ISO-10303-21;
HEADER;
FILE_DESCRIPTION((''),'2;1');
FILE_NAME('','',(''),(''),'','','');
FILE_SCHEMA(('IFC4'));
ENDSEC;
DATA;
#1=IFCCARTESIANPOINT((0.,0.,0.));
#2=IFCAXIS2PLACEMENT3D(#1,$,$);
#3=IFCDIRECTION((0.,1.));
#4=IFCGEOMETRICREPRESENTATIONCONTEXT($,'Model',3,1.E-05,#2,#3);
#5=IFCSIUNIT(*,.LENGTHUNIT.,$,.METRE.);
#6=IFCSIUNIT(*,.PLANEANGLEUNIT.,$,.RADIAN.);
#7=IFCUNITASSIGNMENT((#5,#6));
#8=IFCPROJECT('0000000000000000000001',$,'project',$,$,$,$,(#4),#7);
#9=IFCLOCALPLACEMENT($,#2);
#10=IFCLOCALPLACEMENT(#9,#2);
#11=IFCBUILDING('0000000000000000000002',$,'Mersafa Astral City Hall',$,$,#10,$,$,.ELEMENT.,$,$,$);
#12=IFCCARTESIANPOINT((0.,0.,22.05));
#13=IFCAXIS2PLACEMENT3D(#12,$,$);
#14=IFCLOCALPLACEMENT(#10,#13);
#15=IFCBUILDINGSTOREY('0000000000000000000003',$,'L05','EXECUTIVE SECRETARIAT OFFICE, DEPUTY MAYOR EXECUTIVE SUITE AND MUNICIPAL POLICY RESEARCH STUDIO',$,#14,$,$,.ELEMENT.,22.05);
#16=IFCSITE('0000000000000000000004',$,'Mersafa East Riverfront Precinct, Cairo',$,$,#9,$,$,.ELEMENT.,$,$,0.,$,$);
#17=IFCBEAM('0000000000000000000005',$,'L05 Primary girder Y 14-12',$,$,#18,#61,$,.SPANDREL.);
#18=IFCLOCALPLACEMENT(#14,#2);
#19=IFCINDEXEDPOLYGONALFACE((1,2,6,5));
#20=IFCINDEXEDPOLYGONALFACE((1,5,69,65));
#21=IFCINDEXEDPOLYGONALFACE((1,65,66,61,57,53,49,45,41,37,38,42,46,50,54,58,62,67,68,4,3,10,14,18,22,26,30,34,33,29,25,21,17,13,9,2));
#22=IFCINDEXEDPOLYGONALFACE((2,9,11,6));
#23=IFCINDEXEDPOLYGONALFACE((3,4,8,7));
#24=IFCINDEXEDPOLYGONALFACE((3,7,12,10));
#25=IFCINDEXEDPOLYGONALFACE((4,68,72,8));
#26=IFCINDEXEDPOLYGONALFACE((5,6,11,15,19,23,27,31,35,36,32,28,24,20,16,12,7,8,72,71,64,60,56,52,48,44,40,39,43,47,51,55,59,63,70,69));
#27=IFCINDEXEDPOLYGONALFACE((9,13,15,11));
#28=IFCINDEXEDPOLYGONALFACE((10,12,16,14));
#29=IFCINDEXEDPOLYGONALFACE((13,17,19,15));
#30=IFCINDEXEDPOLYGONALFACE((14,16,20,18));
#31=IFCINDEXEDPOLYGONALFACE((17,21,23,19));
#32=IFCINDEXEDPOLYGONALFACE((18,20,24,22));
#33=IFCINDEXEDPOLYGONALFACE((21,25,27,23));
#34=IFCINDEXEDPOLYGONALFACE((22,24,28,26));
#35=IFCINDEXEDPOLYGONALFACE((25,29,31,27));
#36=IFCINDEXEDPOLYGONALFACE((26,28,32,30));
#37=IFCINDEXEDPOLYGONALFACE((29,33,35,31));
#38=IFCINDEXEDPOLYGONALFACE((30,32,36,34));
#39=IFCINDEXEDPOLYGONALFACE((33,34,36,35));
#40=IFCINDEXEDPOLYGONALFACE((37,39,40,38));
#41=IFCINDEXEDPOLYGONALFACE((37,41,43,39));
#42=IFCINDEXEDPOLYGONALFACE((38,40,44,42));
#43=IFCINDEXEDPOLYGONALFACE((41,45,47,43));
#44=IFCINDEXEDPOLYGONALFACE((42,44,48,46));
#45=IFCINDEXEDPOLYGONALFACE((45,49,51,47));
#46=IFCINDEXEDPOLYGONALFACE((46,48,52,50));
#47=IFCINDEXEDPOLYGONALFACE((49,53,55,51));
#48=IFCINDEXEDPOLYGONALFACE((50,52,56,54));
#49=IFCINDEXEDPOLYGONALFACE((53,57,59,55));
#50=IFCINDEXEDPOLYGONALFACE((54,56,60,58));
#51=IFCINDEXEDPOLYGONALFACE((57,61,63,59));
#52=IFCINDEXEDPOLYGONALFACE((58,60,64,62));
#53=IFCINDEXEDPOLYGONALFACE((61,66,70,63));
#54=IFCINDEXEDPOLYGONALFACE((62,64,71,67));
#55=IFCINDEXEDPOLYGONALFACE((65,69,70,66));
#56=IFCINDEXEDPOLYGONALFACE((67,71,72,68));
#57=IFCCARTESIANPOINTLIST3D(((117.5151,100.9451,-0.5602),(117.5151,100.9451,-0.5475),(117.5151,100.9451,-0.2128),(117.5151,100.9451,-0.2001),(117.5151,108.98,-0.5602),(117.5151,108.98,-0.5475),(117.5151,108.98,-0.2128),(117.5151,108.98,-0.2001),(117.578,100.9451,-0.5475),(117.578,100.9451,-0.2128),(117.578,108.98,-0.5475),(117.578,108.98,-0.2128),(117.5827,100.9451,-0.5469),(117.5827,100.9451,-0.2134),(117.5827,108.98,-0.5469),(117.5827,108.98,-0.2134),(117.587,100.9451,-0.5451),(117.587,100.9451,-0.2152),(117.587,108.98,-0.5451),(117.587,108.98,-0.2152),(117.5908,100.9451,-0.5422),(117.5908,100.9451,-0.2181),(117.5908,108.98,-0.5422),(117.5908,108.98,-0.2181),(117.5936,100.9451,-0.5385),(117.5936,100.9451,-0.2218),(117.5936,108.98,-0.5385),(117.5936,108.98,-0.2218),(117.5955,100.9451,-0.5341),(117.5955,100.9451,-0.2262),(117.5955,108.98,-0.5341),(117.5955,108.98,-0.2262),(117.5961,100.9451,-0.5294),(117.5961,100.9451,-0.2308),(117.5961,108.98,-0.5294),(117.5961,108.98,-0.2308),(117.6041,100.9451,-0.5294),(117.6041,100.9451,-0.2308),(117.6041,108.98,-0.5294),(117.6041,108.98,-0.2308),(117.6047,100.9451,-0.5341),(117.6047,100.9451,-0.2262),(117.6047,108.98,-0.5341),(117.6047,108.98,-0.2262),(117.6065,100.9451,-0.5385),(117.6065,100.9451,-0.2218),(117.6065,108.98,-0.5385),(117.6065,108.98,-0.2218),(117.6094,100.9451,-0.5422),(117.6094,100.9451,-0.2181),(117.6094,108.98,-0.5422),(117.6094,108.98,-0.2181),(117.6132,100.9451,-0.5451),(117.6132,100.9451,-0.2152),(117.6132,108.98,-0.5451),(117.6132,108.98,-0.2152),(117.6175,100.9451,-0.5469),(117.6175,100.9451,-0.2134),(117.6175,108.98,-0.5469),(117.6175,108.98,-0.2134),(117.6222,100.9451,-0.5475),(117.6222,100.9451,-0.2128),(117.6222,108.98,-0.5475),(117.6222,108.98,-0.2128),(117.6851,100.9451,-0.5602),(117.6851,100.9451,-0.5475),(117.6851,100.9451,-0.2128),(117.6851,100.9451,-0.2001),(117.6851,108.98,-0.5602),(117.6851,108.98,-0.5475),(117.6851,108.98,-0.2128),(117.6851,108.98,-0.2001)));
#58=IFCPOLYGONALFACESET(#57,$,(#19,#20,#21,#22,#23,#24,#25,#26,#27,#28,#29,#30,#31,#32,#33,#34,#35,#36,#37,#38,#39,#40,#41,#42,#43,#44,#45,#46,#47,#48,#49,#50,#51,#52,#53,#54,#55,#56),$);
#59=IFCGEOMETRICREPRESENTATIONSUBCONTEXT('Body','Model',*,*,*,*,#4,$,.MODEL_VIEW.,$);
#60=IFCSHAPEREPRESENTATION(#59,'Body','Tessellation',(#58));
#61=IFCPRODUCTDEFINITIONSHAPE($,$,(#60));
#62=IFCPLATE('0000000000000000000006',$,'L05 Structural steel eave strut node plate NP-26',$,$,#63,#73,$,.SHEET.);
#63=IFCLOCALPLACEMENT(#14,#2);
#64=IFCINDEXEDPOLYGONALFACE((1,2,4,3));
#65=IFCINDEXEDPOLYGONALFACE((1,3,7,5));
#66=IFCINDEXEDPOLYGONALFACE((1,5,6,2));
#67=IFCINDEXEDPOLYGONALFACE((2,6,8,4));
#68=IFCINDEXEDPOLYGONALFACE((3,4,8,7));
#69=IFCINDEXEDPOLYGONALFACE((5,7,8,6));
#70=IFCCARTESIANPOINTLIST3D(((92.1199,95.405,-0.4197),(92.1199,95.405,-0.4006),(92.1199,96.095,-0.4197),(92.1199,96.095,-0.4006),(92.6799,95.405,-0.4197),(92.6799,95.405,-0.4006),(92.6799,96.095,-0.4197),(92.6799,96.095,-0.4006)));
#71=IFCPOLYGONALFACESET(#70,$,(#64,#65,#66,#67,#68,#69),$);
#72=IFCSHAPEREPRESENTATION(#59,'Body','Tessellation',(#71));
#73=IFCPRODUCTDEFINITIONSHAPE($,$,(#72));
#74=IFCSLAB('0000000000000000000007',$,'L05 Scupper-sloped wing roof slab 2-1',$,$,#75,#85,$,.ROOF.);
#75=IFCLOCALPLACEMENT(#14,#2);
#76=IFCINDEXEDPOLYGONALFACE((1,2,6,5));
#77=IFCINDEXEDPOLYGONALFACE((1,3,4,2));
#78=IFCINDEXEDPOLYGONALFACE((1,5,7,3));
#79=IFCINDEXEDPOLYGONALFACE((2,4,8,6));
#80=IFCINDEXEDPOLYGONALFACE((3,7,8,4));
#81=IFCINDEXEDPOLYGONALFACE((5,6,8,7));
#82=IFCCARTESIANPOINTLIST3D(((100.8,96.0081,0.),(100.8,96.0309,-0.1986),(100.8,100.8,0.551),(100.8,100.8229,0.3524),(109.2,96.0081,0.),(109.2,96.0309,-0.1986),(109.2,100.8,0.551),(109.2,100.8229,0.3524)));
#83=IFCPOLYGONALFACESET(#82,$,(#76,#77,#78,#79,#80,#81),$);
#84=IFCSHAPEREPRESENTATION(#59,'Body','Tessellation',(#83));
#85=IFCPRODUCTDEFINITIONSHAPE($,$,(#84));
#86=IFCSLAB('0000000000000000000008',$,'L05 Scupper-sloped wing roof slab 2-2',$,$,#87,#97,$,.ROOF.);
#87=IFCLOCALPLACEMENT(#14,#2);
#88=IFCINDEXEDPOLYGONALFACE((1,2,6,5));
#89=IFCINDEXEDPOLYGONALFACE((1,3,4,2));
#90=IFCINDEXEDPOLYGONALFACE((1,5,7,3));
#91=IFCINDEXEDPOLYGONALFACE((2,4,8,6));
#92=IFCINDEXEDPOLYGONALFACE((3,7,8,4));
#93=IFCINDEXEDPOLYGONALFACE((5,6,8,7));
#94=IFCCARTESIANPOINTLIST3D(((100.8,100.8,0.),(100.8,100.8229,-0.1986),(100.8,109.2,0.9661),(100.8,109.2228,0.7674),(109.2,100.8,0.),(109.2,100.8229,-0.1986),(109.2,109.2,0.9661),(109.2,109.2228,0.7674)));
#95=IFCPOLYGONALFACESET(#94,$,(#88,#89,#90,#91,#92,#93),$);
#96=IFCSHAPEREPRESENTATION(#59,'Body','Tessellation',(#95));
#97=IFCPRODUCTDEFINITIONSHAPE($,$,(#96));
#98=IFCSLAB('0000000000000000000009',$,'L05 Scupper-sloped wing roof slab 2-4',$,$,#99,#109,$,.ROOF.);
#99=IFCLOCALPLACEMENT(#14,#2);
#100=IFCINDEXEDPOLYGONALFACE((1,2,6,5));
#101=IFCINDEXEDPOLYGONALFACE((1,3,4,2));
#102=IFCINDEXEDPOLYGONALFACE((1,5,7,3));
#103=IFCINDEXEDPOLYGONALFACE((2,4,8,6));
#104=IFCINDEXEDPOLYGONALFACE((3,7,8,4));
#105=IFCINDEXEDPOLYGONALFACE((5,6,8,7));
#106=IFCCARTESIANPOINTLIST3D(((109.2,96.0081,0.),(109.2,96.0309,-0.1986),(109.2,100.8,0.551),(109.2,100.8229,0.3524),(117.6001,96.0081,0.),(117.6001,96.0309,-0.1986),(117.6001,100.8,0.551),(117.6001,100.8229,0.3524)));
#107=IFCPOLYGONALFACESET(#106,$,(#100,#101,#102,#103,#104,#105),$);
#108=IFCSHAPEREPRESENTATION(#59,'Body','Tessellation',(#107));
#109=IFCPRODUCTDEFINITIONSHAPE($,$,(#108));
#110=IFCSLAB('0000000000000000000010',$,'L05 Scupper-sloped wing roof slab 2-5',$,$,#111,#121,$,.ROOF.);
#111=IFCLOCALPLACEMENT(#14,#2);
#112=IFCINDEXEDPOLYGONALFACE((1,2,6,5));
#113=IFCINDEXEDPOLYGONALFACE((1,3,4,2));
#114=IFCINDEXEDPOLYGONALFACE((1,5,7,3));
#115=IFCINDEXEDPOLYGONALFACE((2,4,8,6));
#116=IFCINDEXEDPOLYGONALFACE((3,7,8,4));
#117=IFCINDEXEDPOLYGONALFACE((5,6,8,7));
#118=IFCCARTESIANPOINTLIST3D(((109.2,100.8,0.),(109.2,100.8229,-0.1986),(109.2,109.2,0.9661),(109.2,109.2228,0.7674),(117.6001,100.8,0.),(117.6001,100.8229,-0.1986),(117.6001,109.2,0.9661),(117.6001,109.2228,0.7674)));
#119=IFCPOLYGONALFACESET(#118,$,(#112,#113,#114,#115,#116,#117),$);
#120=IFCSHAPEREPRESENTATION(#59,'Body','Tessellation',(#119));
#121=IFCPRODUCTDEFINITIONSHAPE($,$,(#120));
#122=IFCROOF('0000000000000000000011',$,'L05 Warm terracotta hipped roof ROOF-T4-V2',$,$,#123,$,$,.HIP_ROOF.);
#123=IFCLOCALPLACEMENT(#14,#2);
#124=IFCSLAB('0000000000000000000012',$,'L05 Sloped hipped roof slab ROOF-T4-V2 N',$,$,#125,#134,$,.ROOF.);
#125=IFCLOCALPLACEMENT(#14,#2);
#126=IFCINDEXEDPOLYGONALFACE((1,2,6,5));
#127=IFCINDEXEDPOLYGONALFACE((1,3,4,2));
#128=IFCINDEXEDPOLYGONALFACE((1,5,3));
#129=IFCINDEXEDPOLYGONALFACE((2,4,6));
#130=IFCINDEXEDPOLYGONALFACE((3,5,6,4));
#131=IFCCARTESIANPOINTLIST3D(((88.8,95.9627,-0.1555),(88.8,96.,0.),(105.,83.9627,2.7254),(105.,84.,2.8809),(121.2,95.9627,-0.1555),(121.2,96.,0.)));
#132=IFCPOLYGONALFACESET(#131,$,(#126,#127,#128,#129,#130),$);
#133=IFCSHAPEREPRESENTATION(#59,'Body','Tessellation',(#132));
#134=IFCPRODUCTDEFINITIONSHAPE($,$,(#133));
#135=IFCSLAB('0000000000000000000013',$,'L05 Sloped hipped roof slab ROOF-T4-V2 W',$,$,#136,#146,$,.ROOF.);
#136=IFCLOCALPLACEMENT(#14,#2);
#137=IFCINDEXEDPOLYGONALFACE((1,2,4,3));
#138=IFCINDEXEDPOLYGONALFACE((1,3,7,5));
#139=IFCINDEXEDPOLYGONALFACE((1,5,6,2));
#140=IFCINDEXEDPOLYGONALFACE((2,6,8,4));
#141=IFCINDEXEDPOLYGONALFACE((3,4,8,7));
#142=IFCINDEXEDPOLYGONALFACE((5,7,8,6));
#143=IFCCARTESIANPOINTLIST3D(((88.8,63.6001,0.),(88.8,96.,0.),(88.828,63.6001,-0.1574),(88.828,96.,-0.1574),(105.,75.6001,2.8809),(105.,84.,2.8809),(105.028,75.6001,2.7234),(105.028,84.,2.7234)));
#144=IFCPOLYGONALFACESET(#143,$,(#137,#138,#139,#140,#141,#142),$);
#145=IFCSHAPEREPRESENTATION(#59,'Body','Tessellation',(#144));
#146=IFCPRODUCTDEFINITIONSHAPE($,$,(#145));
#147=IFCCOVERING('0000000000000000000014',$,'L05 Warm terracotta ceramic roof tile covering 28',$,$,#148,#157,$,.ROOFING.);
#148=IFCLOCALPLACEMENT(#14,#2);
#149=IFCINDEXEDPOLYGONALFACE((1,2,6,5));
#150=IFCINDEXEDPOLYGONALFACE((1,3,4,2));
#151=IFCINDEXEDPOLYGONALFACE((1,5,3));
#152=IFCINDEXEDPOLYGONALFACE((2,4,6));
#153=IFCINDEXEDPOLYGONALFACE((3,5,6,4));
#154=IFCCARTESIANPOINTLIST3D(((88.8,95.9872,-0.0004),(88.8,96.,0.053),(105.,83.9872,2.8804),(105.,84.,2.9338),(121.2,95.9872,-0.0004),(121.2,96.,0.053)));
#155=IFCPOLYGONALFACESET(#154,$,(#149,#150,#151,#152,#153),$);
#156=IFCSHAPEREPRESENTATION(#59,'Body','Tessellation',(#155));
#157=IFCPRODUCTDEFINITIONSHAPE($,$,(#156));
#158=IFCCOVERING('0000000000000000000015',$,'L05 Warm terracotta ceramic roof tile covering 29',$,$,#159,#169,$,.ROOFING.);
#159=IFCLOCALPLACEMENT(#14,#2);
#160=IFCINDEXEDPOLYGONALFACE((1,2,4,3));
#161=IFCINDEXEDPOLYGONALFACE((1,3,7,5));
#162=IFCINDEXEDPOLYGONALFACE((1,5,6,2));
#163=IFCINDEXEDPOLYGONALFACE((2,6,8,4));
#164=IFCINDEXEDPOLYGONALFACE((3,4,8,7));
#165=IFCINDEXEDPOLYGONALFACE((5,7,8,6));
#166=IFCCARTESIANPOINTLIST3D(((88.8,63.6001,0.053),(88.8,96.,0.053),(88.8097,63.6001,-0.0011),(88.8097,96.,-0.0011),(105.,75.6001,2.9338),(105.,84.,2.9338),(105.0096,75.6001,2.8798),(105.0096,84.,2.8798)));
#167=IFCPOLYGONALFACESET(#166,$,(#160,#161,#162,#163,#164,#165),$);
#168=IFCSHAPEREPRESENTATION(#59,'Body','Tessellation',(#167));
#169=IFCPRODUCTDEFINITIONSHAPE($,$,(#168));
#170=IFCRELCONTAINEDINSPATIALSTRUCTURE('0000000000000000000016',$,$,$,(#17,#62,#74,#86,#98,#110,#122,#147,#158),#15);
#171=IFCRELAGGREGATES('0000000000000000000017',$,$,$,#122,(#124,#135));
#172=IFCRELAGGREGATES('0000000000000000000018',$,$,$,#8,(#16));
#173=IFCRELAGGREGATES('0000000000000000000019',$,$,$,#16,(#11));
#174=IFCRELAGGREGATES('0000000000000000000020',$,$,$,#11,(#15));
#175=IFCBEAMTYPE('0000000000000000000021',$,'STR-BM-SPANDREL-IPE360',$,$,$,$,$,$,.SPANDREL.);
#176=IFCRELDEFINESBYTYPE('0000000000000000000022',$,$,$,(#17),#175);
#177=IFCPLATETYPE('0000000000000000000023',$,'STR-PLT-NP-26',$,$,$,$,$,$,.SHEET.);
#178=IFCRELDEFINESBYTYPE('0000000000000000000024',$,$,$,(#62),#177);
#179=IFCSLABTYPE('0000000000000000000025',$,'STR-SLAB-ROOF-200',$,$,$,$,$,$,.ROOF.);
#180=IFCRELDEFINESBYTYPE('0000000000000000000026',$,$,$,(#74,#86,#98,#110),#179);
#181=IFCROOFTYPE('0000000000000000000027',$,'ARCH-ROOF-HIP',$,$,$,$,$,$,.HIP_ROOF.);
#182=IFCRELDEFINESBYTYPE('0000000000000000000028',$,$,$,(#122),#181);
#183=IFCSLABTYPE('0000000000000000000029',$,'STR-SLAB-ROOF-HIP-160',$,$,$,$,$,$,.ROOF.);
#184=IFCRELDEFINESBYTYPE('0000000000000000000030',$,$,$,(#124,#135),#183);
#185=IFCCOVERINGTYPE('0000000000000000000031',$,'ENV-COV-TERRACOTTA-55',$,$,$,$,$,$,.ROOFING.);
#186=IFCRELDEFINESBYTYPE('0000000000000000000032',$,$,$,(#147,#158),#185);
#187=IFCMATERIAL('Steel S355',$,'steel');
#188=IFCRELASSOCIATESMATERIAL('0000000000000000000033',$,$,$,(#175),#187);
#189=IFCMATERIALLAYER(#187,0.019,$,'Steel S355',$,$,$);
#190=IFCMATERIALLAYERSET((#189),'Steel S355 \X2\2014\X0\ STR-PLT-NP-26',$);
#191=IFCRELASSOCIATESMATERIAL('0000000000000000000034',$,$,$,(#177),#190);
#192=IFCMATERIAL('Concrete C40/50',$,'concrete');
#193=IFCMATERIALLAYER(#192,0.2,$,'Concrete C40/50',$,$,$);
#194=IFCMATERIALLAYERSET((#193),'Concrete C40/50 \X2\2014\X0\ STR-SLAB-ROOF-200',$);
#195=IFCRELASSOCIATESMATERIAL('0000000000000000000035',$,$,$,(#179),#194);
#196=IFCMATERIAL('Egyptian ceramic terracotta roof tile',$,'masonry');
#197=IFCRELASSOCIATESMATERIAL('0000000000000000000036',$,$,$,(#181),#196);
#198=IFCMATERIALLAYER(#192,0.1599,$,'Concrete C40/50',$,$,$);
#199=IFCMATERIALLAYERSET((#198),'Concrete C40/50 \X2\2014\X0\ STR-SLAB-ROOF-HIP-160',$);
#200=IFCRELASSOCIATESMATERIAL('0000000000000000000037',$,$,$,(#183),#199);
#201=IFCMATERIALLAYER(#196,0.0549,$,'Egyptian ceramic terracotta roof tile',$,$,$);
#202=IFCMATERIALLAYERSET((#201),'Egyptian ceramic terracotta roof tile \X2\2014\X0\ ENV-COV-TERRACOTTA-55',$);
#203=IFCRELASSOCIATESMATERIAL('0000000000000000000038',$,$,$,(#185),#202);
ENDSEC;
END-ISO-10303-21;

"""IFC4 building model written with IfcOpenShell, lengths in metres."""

from ifc_helpers import new_model, si_unit, direction, frame, origin, origin_2d, place, context, subcontext, project, spatial, polyline, rectangle, i_section, outline, extrude, material, layer, layer_set, material_profile, profile_set, type_object, element, aggregate, save


model = new_model("IFC4")

# Units and contexts
model_context = context("Model", 3, precision=1e-05, world=origin(), true_north=direction((0.0, 1.0)))
body_context = subcontext(model_context, "Body", "Model", "MODEL_VIEW")
ifc_project = project(units=[si_unit("LENGTHUNIT", "METRE"), si_unit("PLANEANGLEUNIT", "RADIAN")], contexts=[model_context])

# Site, building, storey
site_placement = place(None, origin())
site = spatial("IfcSite", under=ifc_project, at=site_placement, Name="Mersafa East Riverfront Precinct, Cairo", CompositionType="ELEMENT", RefElevation=0.0)
building_placement = place(site_placement, origin())
building = spatial("IfcBuilding", under=site, at=building_placement, Name="Mersafa Astral City Hall", CompositionType="ELEMENT")
storey_placement = place(building_placement, frame((0.0, 0.0, 22.05)))
storey = spatial("IfcBuildingStorey", under=building, at=storey_placement, Name="L05", Description="EXECUTIVE SECRETARIAT OFFICE, DEPUTY MAYOR EXECUTIVE SUITE AND MUNICIPAL POLICY RESEARCH STUDIO", CompositionType="ELEMENT", Elevation=22.05)

# Shared definitions
ifc_material_1 = material(Name="Steel S355", Category="steel")

# Beam
ifc_material_profile_1 = material_profile(ifc_material_1, i_section(OverallWidth=0.1699, OverallDepth=0.3601, WebThickness=0.0081, FlangeThickness=0.0127, FilletRadius=0.0181, at=origin_2d()), Name="IPE 360")
ifc_profile_set_1 = profile_set([ifc_material_profile_1], Name="Steel S355")
beam_type_1 = type_object("IfcBeamType", Name="STR-BM-SPANDREL-IPE360", PredefinedType="SPANDREL", material=ifc_profile_set_1)
beam_1_placement = place(storey_placement, frame((117.6001, 100.9451, -0.3801), z_axis=(0.0, 1.0, 0.0), x_axis=(-1.0, 0.0, 0.0)))
element("IfcBeam", 1, at=beam_1_placement, inside=storey, type_object=beam_type_1, Name="L05 Primary girder Y 14-12", PredefinedType="SPANDREL", context=body_context, shape_type="SweptSolid", body=[
    extrude(i_section(OverallWidth=0.1699, OverallDepth=0.3601, WebThickness=0.0081, FlangeThickness=0.0127, FilletRadius=0.0181, at=origin_2d()), origin(), (0.0, 0.0, 1.0), 8.0349),
])

# Plate
ifc_layer_1 = layer(ifc_material_1, 0.019, Name="Steel S355")
ifc_layer_set_1 = layer_set([ifc_layer_1], Name="Steel S355 — STR-PLT-NP-26")
plate_type = type_object("IfcPlateType", Name="STR-PLT-NP-26", PredefinedType="SHEET", material=ifc_layer_set_1)
plate_placement = place(storey_placement, frame((92.3999, 95.75, -0.4197), z_axis=(0.0, 0.0, 1.0), x_axis=(1.0, 0.0, 0.0)))
element("IfcPlate", 2, at=plate_placement, inside=storey, type_object=plate_type, Name="L05 Structural steel eave strut node plate NP-26", PredefinedType="SHEET", context=body_context, shape_type="SweptSolid", body=[
    extrude(rectangle(XDim=0.5601, YDim=0.6899, at=origin_2d()), origin(), (0.0, 0.0, 1.0), 0.019),
])

# Slabs
ifc_material_2 = material(Name="Concrete C40/50", Category="concrete")
ifc_layer_2 = layer(ifc_material_2, 0.2, Name="Concrete C40/50")
ifc_layer_set_2 = layer_set([ifc_layer_2], Name="Concrete C40/50 — STR-SLAB-ROOF-200")
slab_type_1 = type_object("IfcSlabType", Name="STR-SLAB-ROOF-200", PredefinedType="ROOF", material=ifc_layer_set_2)
slab_1_placement = place(storey_placement, frame((100.8, 96.0081, 0.0), z_axis=(0.0, -0.114236, 0.993454), x_axis=(1.0, 0.0, 0.0)))
element("IfcSlab", 3, at=slab_1_placement, inside=storey, type_object=slab_type_1, Name="L05 Scupper-sloped wing roof slab 2-1", PredefinedType="ROOF", context=body_context, shape_type="SweptSolid", body=[
    extrude(outline(polyline([(0.0, 0.0), (8.3999, 0.0), (8.3999, 4.8236), (0.0, 4.8236), (0.0, 0.0)])), origin(), (0.0, 0.0, -1.0), 0.2),
])
slab_2_placement = place(storey_placement, frame((100.8, 109.2, 0.9661), z_axis=(0.0, -0.114256, 0.993451), x_axis=(0.0, -0.993451, -0.114256)))
element("IfcSlab", 4, at=slab_2_placement, inside=storey, type_object=slab_type_1, Name="L05 Scupper-sloped wing roof slab 2-2", PredefinedType="ROOF", context=body_context, shape_type="SweptSolid", body=[
    extrude(outline(polyline([(0.0, 0.0), (8.4553, 0.0), (8.4553, 8.3999), (0.0, 8.3999), (0.0, 0.0)])), origin(), (0.0, 0.0, -1.0), 0.2),
])
slab_3_placement = place(storey_placement, frame((117.6001, 96.0081, 0.0), z_axis=(0.0, -0.114236, 0.993454), x_axis=(0.0, 0.993454, 0.114236)))
element("IfcSlab", 5, at=slab_3_placement, inside=storey, type_object=slab_type_1, Name="L05 Scupper-sloped wing roof slab 2-4", PredefinedType="ROOF", context=body_context, shape_type="SweptSolid", body=[
    extrude(outline(polyline([(0.0, 0.0), (4.8236, 0.0), (4.8236, 8.4001), (0.0, 8.4001), (0.0, 0.0)])), origin(), (0.0, 0.0, -1.0), 0.2),
])
slab_4_placement = place(storey_placement, frame((117.6001, 100.8, 0.0), z_axis=(0.0, -0.114256, 0.993451), x_axis=(0.0, 0.993451, 0.114256)))
element("IfcSlab", 6, at=slab_4_placement, inside=storey, type_object=slab_type_1, Name="L05 Scupper-sloped wing roof slab 2-5", PredefinedType="ROOF", context=body_context, shape_type="SweptSolid", body=[
    extrude(outline(polyline([(0.0, 0.0), (8.4553, 0.0), (8.4553, 8.4001), (0.0, 8.4001), (0.0, 0.0)])), origin(), (0.0, 0.0, -1.0), 0.2),
])

# Roof, slabs
ifc_material_3 = material(Name="Egyptian ceramic terracotta roof tile", Category="masonry")
roof_type = type_object("IfcRoofType", Name="ARCH-ROOF-HIP", PredefinedType="HIP_ROOF", material=ifc_material_3)
roof_placement = place(storey_placement, origin())
roof = element("IfcRoof", 7, at=roof_placement, inside=storey, type_object=roof_type, Name="L05 Warm terracotta hipped roof ROOF-T4-V2", PredefinedType="HIP_ROOF")
ifc_layer_3 = layer(ifc_material_2, 0.1599, Name="Concrete C40/50")
ifc_layer_set_3 = layer_set([ifc_layer_3], Name="Concrete C40/50 — STR-SLAB-ROOF-HIP-160")
slab_type_2 = type_object("IfcSlabType", Name="STR-SLAB-ROOF-HIP-160", PredefinedType="ROOF", material=ifc_layer_set_3)
slab_5_placement = place(storey_placement, frame((121.2, 96.0, 0.0), z_axis=(0.0, 0.233439, 0.972371), x_axis=(-1.0, 0.0, 0.0)))
slab_5 = element("IfcSlab", 8, at=slab_5_placement, type_object=slab_type_2, Name="L05 Sloped hipped roof slab ROOF-T4-V2 N", PredefinedType="ROOF", context=body_context, shape_type="SweptSolid", body=[
    extrude(outline(polyline([(0.0, 0.0), (32.3999, 0.0), (16.2, 12.341), (0.0, 0.0)])), origin(), (0.0, 0.0, -1.0), 0.1599),
])
slab_6_placement = place(storey_placement, frame((88.8, 96.0, 0.0), z_axis=(-0.175084, 0.0, 0.984553), x_axis=(0.0, -1.0, 0.0)))
slab_6 = element("IfcSlab", 9, at=slab_6_placement, type_object=slab_type_2, Name="L05 Sloped hipped roof slab ROOF-T4-V2 W", PredefinedType="ROOF", context=body_context, shape_type="SweptSolid", body=[
    extrude(outline(polyline([(0.0, 0.0), (32.3999, 0.0), (20.3999, 16.4541), (12.0, 16.4541), (0.0, 0.0)])), origin(), (0.0, 0.0, -1.0), 0.1599),
])
aggregate(roof, [slab_5, slab_6])

# Coverings
ifc_layer_4 = layer(ifc_material_3, 0.0549, Name="Egyptian ceramic terracotta roof tile")
ifc_layer_set_4 = layer_set([ifc_layer_4], Name="Egyptian ceramic terracotta roof tile — ENV-COV-TERRACOTTA-55")
covering_type = type_object("IfcCoveringType", Name="ENV-COV-TERRACOTTA-55", PredefinedType="ROOFING", material=ifc_layer_set_4)
covering_1_placement = place(storey_placement, frame((121.2, 96.0, 0.053), z_axis=(0.0, 0.233439, 0.972371), x_axis=(-1.0, 0.0, 0.0)))
element("IfcCovering", 10, at=covering_1_placement, inside=storey, type_object=covering_type, Name="L05 Warm terracotta ceramic roof tile covering 28", PredefinedType="ROOFING", context=body_context, shape_type="SweptSolid", body=[
    extrude(outline(polyline([(0.0, 0.0), (32.3999, 0.0), (16.2, 12.341), (0.0, 0.0)])), origin(), (0.0, 0.0, -1.0), 0.0549),
])
covering_2_placement = place(storey_placement, frame((88.8, 96.0, 0.053), z_axis=(-0.175084, 0.0, 0.984553), x_axis=(0.0, -1.0, 0.0)))
element("IfcCovering", 11, at=covering_2_placement, inside=storey, type_object=covering_type, Name="L05 Warm terracotta ceramic roof tile covering 29", PredefinedType="ROOFING", context=body_context, shape_type="SweptSolid", body=[
    extrude(outline(polyline([(0.0, 0.0), (32.3999, 0.0), (20.3999, 16.4541), (12.0, 16.4541), (0.0, 0.0)])), origin(), (0.0, 0.0, -1.0), 0.0549),
])

save(model, "model.ifc")
